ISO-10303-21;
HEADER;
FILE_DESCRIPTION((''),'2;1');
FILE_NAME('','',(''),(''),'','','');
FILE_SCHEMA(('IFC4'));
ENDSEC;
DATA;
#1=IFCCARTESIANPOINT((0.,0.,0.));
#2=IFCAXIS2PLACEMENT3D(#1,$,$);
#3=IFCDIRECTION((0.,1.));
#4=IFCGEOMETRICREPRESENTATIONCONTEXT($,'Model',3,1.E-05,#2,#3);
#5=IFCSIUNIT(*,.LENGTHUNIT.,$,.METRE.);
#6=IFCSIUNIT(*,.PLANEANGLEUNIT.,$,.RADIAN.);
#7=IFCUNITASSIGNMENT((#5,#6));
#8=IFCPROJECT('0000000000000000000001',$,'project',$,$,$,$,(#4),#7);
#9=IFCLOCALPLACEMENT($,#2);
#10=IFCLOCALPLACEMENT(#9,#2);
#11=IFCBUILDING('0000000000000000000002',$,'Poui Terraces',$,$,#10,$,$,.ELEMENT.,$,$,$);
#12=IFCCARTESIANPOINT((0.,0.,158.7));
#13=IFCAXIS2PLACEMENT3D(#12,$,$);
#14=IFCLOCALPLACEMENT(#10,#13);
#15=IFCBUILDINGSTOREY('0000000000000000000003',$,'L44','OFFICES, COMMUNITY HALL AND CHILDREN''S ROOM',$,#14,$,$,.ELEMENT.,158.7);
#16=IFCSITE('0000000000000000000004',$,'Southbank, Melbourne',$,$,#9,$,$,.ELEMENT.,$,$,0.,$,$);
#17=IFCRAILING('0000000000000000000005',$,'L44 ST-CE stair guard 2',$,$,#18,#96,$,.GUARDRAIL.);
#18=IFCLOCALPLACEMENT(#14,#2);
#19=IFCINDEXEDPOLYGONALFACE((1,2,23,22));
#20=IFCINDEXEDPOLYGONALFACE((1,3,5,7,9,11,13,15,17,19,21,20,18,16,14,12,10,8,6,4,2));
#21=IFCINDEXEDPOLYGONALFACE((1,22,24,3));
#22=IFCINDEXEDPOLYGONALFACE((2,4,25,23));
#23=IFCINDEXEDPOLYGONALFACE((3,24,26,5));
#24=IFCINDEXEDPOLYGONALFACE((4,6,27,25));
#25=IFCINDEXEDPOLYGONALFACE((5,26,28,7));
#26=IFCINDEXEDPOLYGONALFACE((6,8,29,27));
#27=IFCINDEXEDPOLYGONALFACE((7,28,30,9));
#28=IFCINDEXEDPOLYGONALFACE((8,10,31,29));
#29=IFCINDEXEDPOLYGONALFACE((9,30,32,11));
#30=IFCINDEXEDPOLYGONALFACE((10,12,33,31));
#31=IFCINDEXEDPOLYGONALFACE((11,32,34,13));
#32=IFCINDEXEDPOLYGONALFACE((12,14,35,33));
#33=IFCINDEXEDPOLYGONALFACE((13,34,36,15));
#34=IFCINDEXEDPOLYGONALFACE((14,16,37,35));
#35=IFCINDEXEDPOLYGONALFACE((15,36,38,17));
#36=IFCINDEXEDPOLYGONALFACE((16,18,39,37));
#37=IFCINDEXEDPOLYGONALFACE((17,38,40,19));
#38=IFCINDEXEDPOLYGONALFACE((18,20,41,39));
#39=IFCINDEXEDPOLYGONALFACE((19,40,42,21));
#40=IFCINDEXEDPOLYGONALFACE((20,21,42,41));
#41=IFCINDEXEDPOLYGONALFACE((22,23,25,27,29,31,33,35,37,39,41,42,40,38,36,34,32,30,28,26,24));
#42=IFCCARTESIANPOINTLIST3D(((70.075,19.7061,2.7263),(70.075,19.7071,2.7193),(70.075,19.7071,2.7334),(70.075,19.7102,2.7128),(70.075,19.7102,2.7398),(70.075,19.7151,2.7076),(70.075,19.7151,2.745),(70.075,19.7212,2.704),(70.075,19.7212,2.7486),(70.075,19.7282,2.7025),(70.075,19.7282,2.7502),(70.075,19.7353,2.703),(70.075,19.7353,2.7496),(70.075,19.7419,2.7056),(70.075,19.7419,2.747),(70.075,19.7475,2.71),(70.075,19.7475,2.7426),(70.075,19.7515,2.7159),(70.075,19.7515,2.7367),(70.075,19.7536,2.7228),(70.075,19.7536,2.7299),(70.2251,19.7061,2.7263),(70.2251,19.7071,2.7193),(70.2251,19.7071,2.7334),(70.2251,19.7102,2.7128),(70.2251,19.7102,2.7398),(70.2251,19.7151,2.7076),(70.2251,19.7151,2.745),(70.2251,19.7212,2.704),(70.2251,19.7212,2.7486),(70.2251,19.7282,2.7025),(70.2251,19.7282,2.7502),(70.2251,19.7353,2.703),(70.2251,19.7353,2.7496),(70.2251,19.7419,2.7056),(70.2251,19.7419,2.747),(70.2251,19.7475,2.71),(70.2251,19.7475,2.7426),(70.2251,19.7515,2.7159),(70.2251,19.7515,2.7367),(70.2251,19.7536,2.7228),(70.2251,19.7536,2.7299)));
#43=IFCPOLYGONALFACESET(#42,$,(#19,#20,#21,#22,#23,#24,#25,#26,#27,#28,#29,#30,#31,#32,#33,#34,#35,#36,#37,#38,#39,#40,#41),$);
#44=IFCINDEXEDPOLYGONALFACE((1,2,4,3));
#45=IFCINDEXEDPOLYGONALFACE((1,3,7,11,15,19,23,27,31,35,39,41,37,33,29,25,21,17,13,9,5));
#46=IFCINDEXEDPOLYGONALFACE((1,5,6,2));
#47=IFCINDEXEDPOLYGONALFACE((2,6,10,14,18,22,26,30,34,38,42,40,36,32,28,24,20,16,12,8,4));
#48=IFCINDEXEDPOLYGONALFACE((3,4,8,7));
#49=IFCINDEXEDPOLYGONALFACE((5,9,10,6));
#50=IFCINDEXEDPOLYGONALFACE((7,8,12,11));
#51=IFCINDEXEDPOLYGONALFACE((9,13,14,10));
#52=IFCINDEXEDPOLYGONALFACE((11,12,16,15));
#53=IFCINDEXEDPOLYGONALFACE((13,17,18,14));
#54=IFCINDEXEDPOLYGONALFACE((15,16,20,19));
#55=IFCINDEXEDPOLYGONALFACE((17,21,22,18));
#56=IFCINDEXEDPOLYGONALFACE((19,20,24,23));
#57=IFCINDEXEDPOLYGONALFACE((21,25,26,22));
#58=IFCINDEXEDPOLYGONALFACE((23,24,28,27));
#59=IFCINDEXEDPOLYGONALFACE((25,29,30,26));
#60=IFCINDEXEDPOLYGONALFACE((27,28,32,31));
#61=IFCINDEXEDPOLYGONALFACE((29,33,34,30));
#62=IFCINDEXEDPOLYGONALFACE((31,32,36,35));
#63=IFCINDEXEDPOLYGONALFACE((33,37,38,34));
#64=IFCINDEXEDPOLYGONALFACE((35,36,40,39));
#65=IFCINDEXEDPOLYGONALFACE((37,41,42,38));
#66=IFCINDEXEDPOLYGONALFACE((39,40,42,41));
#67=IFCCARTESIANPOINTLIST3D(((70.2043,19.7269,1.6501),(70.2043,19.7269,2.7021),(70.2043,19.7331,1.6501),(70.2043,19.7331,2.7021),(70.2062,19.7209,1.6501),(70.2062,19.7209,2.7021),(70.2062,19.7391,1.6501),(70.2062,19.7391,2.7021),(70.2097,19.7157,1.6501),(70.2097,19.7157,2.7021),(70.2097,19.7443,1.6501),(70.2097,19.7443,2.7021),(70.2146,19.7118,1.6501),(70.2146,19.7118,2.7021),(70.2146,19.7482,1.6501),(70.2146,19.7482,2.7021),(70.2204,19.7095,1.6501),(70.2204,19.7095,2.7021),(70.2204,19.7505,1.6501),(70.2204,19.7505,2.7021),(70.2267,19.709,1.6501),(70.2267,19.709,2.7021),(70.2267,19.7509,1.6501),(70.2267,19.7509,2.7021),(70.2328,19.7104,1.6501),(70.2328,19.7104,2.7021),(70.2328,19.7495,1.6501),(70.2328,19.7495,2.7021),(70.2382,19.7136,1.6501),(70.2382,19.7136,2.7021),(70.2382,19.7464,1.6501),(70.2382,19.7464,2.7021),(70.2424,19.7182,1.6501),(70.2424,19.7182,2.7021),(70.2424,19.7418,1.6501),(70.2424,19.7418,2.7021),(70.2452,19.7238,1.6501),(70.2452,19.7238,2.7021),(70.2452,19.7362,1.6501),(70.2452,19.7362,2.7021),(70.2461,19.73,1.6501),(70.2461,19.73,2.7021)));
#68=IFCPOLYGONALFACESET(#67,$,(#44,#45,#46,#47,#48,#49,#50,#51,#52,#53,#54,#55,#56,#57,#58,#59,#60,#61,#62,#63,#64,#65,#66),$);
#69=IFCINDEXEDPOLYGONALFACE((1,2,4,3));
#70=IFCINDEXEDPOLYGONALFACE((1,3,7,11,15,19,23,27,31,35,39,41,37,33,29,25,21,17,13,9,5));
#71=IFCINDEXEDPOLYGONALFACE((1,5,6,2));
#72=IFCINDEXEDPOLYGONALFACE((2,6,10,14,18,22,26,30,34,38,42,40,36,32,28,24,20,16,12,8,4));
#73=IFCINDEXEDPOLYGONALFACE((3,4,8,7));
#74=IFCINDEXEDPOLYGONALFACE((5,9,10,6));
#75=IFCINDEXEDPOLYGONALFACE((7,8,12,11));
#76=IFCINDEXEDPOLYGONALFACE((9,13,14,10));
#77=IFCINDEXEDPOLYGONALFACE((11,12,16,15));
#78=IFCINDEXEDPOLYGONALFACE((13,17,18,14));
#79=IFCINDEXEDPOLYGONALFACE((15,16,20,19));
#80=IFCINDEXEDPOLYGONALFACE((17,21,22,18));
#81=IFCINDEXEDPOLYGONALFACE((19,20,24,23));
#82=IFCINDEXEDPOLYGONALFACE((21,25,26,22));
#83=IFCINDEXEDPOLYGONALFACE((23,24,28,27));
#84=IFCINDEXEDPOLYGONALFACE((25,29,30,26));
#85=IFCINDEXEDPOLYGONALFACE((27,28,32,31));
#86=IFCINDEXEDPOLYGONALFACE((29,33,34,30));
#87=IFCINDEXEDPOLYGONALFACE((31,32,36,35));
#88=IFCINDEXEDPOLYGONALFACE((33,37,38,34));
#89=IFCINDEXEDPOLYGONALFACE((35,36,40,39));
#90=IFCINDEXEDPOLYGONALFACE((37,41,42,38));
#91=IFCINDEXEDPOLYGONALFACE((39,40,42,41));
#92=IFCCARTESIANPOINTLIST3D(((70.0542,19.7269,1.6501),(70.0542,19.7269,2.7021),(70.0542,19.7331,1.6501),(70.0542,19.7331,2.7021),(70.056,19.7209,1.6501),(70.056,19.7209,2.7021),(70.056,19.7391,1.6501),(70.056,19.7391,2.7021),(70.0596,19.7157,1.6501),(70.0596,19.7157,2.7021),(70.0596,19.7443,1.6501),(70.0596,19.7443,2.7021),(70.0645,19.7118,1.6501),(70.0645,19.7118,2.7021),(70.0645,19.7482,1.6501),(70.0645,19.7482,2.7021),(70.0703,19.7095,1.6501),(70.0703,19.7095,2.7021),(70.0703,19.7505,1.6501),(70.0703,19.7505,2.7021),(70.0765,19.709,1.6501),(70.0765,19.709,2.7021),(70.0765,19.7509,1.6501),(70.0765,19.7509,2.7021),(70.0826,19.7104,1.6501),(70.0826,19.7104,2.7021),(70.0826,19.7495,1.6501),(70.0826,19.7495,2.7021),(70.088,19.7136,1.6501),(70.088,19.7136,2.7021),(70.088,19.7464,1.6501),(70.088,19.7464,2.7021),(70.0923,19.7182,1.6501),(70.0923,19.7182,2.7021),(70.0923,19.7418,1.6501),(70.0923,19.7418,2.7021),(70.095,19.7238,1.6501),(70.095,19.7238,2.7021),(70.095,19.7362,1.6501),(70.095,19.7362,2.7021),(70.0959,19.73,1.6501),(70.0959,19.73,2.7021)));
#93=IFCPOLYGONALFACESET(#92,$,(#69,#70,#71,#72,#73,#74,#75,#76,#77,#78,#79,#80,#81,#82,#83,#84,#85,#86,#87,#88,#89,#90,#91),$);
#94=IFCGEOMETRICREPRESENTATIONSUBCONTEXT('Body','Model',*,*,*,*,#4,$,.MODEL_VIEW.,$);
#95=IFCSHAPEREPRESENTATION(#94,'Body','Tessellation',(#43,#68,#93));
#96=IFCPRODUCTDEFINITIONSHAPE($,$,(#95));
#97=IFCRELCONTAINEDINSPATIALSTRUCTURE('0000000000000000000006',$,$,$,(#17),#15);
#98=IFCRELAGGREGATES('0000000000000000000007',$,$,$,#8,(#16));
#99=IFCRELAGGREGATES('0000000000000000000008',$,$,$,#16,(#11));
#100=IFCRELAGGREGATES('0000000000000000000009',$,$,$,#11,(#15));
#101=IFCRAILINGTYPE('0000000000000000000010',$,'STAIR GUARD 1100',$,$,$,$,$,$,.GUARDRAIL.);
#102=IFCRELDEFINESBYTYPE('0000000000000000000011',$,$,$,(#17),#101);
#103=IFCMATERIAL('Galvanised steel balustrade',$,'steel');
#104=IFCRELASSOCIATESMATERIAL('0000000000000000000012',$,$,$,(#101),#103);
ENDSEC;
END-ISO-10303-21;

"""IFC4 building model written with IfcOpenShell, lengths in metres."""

from ifc_helpers import new_model, si_unit, direction, frame, origin, origin_2d, place, context, subcontext, project, spatial, circle, extrude, material, type_object, element, save


model = new_model("IFC4")

# Units and contexts
model_context = context("Model", 3, precision=1e-05, world=origin(), true_north=direction((0.0, 1.0)))
body_context = subcontext(model_context, "Body", "Model", "MODEL_VIEW")
ifc_project = project(units=[si_unit("LENGTHUNIT", "METRE"), si_unit("PLANEANGLEUNIT", "RADIAN")], contexts=[model_context])

# Site, building, storey
site_placement = place(None, origin())
site = spatial("IfcSite", under=ifc_project, at=site_placement, Name="Southbank, Melbourne", CompositionType="ELEMENT", RefElevation=0.0)
building_placement = place(site_placement, origin())
building = spatial("IfcBuilding", under=site, at=building_placement, Name="Poui Terraces", CompositionType="ELEMENT")
storey_placement = place(building_placement, frame((0.0, 0.0, 158.7)))
storey = spatial("IfcBuildingStorey", under=building, at=storey_placement, Name="L44", Description="OFFICES, COMMUNITY HALL AND CHILDREN'S ROOM", CompositionType="ELEMENT", Elevation=158.7)

# Railing
ifc_material_1 = material(Name="Galvanised steel balustrade", Category="steel")
railing_type_1 = type_object("IfcRailingType", Name="STAIR GUARD 1100", PredefinedType="GUARDRAIL", material=ifc_material_1)
railing_1_placement = place(storey_placement, frame((70.2251, 19.73, 1.6501)))
element("IfcRailing", 1, at=railing_1_placement, inside=storey, type_object=railing_type_1, Name="L44 ST-CE stair guard 2", PredefinedType="GUARDRAIL", context=body_context, shape_type="SweptSolid", body=[
    extrude(circle(Radius=0.0239, at=origin_2d()), frame((0.0, 0.0, 1.0762), z_axis=(-1.0, 0.0, 0.0), x_axis=(0.0, -1.0, 0.0)), (0.0, 0.0, 1.0), 0.1501),
    extrude(circle(Radius=0.021, at=origin_2d()), origin(), (0.0, 0.0, 1.0), 1.052),
    extrude(circle(Radius=0.021, at=origin_2d()), frame((-0.1501, 0.0, 0.0)), (0.0, 0.0, 1.0), 1.052),
])

save(model, "model.ifc")
